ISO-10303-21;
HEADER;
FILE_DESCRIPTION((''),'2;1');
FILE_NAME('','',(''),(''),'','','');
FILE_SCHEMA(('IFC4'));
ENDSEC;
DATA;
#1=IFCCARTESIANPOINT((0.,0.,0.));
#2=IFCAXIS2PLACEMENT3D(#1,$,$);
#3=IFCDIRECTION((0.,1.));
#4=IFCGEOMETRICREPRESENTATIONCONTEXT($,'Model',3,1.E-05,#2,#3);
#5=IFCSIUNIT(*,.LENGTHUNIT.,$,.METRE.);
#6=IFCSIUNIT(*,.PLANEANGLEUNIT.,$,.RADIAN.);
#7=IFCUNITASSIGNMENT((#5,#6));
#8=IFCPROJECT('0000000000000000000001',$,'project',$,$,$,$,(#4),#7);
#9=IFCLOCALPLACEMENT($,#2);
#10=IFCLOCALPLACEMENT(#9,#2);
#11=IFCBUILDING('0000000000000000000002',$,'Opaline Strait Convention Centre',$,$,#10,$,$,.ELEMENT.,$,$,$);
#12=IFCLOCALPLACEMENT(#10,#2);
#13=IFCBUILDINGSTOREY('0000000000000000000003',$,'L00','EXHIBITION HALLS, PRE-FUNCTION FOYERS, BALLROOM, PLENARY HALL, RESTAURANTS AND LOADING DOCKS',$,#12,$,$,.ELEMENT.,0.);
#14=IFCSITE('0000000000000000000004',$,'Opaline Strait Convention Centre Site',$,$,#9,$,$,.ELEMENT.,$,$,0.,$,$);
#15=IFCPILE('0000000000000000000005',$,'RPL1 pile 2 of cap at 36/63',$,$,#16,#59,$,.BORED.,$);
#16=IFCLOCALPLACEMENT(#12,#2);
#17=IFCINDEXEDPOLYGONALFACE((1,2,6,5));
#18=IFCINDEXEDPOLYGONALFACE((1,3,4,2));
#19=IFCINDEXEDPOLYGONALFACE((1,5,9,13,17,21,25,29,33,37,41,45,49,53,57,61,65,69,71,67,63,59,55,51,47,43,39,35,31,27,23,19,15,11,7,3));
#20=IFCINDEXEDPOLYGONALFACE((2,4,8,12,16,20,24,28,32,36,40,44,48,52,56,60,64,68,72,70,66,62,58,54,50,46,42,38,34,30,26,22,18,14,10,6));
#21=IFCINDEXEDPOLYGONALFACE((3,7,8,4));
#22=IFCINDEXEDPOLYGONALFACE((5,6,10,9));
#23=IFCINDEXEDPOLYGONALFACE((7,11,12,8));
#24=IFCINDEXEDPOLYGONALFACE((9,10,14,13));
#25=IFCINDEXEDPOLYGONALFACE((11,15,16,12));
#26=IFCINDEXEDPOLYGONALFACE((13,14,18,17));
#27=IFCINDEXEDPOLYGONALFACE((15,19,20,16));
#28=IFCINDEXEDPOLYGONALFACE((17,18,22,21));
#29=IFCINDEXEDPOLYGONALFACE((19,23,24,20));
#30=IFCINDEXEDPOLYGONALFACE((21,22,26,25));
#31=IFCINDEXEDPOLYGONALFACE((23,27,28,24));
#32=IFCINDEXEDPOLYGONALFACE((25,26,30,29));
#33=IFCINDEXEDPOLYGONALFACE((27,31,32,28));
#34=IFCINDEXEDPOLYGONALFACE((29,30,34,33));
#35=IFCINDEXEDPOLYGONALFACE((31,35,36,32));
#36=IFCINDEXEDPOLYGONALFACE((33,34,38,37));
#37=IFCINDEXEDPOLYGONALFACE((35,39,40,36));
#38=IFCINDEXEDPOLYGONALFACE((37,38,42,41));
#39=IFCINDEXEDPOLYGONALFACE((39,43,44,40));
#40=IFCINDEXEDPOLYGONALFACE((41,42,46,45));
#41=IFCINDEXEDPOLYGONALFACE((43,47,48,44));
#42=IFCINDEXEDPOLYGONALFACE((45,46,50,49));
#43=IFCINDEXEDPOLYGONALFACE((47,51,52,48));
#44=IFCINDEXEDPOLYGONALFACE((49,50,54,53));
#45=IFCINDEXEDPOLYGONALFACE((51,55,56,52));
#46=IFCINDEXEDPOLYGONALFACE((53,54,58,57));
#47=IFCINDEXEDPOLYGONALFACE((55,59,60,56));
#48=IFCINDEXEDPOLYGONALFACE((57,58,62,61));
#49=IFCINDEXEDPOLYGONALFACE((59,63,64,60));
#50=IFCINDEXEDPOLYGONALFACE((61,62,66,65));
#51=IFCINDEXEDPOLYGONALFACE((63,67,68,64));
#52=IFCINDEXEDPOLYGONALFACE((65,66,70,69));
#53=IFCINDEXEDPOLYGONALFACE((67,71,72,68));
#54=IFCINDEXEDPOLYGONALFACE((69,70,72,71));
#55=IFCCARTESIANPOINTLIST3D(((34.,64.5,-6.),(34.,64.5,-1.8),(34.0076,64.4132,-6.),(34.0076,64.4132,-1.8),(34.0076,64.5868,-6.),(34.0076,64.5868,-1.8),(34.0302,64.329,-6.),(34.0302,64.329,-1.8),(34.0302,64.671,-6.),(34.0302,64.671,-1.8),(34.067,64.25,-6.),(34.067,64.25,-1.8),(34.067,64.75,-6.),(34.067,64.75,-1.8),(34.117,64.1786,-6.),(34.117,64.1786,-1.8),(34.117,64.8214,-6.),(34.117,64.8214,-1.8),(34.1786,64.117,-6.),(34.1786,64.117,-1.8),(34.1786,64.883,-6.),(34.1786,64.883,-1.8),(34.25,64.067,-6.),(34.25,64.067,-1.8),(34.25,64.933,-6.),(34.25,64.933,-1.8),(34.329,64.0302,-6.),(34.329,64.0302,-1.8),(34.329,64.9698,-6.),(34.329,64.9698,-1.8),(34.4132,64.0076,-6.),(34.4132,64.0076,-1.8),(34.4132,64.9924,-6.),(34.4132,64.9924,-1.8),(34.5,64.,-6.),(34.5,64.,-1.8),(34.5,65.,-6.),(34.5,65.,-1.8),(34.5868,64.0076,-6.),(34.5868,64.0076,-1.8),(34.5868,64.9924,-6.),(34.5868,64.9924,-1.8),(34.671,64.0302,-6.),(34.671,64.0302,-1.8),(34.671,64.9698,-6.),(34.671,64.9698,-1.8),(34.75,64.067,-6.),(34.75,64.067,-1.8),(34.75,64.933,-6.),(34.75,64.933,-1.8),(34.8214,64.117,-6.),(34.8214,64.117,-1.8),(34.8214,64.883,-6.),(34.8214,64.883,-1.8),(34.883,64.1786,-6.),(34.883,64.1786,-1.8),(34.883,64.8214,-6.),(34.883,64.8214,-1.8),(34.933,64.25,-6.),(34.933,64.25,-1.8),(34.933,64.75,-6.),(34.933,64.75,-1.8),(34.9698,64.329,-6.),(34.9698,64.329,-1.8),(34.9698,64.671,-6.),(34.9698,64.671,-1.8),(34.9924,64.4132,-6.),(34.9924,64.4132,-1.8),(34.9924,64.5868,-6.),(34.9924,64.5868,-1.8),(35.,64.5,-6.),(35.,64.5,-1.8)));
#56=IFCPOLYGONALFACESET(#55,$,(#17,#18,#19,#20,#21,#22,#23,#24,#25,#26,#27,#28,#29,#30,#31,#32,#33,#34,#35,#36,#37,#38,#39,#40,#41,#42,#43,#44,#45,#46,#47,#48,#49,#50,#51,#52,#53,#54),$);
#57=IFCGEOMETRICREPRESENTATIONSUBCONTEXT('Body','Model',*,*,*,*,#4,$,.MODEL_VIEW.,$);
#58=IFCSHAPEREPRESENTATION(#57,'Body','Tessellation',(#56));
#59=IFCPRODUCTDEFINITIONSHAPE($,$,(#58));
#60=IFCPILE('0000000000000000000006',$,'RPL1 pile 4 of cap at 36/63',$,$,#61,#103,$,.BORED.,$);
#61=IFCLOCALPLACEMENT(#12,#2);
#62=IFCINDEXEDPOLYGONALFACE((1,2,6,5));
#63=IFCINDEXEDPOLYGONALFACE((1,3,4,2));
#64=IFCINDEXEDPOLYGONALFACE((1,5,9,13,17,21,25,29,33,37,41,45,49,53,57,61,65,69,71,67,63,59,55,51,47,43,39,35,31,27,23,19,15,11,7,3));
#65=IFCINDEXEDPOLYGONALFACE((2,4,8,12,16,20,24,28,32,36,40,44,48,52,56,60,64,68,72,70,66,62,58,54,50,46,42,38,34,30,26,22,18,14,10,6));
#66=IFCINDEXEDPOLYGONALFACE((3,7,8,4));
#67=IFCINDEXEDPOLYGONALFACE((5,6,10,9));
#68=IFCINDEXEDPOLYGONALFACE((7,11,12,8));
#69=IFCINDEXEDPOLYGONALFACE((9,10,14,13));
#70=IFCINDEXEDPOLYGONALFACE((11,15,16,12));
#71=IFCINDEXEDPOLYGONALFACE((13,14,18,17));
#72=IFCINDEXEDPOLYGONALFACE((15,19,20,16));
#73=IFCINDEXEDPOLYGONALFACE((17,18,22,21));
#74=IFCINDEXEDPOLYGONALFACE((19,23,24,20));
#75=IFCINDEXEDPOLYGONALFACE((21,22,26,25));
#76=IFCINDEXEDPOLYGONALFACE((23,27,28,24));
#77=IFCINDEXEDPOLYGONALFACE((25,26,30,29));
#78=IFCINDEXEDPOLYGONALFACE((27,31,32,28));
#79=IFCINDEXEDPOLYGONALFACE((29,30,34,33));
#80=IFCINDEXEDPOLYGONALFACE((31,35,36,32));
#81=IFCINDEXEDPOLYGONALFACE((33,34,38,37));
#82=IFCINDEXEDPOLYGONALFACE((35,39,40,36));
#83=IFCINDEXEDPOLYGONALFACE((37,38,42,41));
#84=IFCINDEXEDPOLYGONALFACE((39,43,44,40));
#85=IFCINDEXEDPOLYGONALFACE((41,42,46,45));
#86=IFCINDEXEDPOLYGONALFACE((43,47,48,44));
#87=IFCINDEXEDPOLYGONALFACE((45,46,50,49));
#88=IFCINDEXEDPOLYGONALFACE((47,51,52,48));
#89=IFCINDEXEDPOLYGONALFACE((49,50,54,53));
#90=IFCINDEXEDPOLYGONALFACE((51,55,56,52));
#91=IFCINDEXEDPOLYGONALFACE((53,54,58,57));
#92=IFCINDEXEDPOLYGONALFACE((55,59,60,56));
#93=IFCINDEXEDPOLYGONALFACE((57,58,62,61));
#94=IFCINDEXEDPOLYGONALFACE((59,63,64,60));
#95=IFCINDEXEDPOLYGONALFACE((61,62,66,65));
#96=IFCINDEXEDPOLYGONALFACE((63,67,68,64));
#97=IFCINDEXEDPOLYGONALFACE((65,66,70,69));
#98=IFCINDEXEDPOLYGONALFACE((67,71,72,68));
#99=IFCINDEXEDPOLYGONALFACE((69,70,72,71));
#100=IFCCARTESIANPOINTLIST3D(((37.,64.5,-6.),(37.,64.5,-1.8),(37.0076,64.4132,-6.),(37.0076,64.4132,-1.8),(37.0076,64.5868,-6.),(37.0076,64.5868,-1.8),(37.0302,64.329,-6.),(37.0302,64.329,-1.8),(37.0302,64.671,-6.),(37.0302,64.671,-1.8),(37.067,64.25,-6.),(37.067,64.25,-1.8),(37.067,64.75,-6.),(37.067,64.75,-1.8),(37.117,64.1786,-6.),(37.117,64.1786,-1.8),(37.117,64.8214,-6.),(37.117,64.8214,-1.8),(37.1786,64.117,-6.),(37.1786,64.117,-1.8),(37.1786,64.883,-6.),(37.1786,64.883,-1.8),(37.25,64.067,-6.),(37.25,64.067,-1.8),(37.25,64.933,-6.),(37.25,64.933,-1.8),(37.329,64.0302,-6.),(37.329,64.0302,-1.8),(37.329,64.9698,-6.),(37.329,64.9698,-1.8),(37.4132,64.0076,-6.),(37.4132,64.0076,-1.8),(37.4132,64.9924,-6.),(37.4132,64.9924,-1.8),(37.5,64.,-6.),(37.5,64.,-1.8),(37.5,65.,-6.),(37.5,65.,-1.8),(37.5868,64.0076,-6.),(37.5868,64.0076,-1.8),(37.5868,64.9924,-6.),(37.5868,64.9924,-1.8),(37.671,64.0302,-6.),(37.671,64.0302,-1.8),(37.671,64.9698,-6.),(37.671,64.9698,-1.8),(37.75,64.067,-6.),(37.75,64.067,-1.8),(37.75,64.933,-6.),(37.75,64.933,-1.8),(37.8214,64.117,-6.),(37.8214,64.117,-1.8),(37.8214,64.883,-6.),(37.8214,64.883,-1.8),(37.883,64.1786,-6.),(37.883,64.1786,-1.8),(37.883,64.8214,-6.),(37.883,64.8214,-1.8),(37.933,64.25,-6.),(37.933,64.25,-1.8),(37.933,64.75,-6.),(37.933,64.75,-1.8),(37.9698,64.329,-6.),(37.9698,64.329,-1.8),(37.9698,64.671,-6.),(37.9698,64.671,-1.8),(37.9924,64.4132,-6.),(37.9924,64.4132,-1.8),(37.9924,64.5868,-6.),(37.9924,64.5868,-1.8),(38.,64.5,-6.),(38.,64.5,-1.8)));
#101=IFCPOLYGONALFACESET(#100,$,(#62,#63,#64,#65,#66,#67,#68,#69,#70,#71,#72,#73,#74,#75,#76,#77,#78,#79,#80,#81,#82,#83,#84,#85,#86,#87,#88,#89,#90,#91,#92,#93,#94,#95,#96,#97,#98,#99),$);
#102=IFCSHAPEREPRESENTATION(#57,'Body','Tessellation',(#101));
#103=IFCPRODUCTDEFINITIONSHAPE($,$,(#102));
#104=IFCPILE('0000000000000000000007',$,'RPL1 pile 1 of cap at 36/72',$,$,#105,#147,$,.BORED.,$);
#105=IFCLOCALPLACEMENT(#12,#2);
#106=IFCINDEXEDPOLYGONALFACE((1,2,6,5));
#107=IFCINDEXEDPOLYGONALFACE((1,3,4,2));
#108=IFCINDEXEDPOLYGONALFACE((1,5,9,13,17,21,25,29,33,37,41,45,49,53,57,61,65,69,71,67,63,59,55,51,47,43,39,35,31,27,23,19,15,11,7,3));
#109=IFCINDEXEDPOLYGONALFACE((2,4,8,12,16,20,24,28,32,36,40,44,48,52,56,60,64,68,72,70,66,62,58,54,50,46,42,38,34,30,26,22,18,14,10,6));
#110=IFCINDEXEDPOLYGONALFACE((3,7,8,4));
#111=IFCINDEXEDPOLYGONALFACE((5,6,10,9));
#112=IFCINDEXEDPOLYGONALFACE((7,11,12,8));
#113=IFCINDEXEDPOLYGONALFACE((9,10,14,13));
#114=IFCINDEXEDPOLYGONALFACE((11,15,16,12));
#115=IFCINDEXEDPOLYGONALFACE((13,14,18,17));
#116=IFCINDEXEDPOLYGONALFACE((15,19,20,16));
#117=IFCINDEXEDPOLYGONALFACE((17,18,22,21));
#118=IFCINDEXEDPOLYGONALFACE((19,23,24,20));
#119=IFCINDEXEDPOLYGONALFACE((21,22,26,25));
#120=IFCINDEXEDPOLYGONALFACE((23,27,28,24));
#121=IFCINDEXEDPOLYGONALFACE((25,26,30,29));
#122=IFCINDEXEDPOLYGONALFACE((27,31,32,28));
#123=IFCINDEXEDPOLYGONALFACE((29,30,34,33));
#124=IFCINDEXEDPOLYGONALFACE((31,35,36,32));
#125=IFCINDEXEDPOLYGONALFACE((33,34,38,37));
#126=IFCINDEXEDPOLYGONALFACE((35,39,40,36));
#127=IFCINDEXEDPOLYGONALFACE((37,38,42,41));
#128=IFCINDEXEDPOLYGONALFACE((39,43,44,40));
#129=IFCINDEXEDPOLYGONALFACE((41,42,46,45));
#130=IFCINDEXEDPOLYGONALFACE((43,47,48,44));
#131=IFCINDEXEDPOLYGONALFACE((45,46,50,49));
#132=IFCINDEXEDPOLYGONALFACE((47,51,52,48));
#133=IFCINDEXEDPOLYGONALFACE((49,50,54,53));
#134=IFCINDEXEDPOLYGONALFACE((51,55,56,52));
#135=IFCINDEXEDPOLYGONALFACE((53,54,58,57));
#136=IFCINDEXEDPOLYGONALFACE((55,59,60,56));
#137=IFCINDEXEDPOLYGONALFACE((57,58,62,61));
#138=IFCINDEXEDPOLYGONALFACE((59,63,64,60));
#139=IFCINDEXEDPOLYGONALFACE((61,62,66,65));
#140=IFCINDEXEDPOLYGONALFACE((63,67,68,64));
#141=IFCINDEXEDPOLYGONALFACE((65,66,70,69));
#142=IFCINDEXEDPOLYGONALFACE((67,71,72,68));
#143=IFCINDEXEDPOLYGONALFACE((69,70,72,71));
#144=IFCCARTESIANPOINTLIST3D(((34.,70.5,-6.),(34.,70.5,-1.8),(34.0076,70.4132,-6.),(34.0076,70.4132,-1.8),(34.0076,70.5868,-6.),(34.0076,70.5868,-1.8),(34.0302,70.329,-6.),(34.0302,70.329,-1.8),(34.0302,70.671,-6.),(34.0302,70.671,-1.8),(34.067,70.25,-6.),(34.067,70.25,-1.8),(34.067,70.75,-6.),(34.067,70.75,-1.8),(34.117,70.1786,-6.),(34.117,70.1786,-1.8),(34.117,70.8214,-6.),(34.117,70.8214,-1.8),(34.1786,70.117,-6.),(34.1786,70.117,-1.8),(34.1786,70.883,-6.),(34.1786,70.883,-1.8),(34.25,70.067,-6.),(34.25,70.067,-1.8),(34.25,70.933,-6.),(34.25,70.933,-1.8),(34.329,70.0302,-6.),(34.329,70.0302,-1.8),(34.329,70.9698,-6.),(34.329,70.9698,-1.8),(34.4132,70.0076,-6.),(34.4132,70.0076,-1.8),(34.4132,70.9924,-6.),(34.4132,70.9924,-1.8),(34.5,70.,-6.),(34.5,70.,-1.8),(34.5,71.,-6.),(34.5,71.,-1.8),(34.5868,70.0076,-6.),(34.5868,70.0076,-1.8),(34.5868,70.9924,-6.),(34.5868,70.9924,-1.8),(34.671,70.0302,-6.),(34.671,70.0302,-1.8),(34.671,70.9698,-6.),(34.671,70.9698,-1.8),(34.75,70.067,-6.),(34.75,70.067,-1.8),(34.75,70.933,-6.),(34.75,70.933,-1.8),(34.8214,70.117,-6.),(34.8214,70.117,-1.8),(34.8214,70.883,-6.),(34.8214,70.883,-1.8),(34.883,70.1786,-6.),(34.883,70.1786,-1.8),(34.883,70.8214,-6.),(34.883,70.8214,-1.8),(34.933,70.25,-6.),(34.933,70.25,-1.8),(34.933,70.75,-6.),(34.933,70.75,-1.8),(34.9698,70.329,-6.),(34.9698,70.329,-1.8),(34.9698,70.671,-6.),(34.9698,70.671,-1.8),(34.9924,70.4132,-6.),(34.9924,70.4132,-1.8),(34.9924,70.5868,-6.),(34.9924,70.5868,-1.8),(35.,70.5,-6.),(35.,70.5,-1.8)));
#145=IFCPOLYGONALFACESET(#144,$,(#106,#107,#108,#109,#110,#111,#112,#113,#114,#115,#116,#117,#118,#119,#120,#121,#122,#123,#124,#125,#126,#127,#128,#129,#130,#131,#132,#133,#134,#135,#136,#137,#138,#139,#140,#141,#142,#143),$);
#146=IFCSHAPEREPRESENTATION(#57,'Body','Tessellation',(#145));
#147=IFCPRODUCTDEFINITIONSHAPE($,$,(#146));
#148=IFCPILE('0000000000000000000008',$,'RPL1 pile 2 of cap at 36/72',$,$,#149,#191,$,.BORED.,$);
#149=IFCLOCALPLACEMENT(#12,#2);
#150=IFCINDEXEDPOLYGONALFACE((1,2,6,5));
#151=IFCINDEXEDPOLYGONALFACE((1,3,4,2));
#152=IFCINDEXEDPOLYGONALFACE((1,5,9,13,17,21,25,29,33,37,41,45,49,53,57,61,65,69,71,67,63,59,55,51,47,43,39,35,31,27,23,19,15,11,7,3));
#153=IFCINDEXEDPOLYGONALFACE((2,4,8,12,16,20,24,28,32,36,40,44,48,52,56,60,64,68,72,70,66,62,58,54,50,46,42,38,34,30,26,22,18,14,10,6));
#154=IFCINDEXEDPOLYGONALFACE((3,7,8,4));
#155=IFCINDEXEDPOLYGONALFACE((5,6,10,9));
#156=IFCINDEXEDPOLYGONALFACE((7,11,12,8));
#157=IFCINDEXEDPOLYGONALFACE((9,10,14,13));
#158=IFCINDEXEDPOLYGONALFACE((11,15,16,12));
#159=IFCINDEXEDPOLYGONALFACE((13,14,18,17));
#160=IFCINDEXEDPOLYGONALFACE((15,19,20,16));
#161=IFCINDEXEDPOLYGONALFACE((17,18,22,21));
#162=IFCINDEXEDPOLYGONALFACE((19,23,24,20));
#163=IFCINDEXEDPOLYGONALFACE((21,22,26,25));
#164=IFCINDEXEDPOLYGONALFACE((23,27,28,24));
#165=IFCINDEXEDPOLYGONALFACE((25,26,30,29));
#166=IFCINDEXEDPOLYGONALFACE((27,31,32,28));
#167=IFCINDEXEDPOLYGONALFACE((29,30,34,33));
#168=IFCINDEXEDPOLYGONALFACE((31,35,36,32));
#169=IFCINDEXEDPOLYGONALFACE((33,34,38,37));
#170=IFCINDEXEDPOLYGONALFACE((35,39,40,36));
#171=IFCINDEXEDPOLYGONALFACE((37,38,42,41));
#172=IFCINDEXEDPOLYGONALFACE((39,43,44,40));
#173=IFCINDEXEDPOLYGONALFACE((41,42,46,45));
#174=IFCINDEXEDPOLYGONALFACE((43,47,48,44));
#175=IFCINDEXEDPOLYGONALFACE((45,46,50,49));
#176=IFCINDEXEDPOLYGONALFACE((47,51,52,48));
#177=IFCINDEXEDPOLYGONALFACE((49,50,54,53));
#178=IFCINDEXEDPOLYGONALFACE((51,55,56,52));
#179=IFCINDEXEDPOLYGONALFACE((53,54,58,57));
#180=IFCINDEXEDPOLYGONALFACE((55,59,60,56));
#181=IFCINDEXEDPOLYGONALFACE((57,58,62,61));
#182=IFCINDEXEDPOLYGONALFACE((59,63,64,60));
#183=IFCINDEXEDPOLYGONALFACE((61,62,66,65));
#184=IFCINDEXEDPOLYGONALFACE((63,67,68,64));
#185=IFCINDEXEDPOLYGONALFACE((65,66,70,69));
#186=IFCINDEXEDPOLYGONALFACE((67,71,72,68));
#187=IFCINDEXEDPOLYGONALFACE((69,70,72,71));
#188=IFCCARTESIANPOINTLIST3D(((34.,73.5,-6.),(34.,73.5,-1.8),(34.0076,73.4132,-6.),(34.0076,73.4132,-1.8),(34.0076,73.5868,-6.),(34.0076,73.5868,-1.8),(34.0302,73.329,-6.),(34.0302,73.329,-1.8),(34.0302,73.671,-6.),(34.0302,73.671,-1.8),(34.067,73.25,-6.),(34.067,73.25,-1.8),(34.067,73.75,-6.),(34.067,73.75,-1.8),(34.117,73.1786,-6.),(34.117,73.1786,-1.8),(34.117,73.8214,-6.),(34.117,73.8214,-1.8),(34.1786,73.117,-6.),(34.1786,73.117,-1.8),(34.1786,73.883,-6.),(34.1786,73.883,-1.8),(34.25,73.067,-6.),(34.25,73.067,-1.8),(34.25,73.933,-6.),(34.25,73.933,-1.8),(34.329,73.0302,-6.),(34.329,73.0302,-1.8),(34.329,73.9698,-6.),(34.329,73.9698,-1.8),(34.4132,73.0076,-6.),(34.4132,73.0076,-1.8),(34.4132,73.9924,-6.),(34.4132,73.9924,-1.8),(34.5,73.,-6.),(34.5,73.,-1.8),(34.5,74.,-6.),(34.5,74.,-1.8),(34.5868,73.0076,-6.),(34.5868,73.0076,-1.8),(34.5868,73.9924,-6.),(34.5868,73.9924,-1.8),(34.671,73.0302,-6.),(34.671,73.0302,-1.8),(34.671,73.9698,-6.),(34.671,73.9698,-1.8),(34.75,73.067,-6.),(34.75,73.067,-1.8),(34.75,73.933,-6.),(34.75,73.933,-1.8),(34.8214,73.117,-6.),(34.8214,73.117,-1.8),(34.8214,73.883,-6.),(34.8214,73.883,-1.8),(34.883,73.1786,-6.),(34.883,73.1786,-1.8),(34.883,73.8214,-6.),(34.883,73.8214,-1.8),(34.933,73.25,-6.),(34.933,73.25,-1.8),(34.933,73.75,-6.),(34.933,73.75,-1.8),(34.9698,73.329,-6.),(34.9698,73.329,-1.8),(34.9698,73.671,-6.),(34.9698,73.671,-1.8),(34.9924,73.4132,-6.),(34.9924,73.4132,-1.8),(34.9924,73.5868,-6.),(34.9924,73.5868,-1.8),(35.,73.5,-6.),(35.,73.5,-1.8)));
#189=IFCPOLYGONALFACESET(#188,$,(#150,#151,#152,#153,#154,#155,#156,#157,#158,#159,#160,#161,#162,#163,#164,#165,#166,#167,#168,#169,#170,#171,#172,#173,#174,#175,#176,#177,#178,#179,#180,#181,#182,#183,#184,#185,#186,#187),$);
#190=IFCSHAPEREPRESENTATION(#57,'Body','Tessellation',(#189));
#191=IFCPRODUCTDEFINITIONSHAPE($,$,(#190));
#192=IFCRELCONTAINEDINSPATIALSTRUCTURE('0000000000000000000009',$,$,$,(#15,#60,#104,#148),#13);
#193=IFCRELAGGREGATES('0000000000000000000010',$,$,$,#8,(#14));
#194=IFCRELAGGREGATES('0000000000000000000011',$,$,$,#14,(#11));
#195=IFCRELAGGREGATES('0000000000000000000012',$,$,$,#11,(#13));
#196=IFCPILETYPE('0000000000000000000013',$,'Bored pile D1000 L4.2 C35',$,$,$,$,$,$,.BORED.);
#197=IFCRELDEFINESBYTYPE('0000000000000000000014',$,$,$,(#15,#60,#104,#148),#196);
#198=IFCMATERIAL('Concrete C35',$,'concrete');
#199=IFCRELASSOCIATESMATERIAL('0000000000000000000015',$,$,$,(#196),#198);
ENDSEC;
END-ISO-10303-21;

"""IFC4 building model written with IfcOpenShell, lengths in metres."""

from ifc_helpers import new_model, si_unit, direction, frame, origin, origin_2d, place, context, subcontext, project, spatial, circle, extrude, material, material_profile, profile_set, type_object, element, save


model = new_model("IFC4")

# Units and contexts
model_context = context("Model", 3, precision=1e-05, world=origin(), true_north=direction((0.0, 1.0)))
body_context = subcontext(model_context, "Body", "Model", "MODEL_VIEW")
ifc_project = project(units=[si_unit("LENGTHUNIT", "METRE"), si_unit("PLANEANGLEUNIT", "RADIAN")], contexts=[model_context])

# Site, building, storey
site_placement = place(None, origin())
site = spatial("IfcSite", under=ifc_project, at=site_placement, Name="Opaline Strait Convention Centre Site", CompositionType="ELEMENT", RefElevation=0.0)
building_placement = place(site_placement, origin())
building = spatial("IfcBuilding", under=site, at=building_placement, Name="Opaline Strait Convention Centre", CompositionType="ELEMENT")
storey_placement = place(building_placement, origin())
storey = spatial("IfcBuildingStorey", under=building, at=storey_placement, Name="L00", Description="EXHIBITION HALLS, PRE-FUNCTION FOYERS, BALLROOM, PLENARY HALL, RESTAURANTS AND LOADING DOCKS", CompositionType="ELEMENT", Elevation=0.0)

# Piles
ifc_material_1 = material(Name="Concrete C35", Category="concrete")
ifc_material_profile_1 = material_profile(ifc_material_1, circle(Radius=0.5, at=origin_2d()), Name="D1000")
ifc_profile_set_1 = profile_set([ifc_material_profile_1], Name="Concrete C35")
pile_type = type_object("IfcPileType", Name="Bored pile D1000 L4.2 C35", PredefinedType="BORED", material=ifc_profile_set_1)
for number, where, z_axis, x_axis, name in (
    (1, (34.5, 64.5, -1.8), (0.0, 0.0, -1.0), (1.0, 0.0, 0.0), "RPL1 pile 2 of cap at 36/63"),
    (2, (37.5, 64.5, -1.8), (0.0, 0.0, -1.0), (1.0, 0.0, 0.0), "RPL1 pile 4 of cap at 36/63"),
    (3, (34.5, 70.5, -1.8), (0.0, 0.0, -1.0), (1.0, 0.0, 0.0), "RPL1 pile 1 of cap at 36/72"),
    (4, (34.5, 73.5, -1.8), (0.0, 0.0, -1.0), (1.0, 0.0, 0.0), "RPL1 pile 2 of cap at 36/72"),
):
    element("IfcPile", number, at=place(storey_placement, frame(where, z_axis=z_axis, x_axis=x_axis)), inside=storey, type_object=pile_type, Name=name, PredefinedType="BORED", context=body_context, shape_type="SweptSolid", body=[
        extrude(circle(Radius=0.5, at=origin_2d()), origin(), (0.0, 0.0, 1.0), 4.2),
    ])

save(model, "model.ifc")
